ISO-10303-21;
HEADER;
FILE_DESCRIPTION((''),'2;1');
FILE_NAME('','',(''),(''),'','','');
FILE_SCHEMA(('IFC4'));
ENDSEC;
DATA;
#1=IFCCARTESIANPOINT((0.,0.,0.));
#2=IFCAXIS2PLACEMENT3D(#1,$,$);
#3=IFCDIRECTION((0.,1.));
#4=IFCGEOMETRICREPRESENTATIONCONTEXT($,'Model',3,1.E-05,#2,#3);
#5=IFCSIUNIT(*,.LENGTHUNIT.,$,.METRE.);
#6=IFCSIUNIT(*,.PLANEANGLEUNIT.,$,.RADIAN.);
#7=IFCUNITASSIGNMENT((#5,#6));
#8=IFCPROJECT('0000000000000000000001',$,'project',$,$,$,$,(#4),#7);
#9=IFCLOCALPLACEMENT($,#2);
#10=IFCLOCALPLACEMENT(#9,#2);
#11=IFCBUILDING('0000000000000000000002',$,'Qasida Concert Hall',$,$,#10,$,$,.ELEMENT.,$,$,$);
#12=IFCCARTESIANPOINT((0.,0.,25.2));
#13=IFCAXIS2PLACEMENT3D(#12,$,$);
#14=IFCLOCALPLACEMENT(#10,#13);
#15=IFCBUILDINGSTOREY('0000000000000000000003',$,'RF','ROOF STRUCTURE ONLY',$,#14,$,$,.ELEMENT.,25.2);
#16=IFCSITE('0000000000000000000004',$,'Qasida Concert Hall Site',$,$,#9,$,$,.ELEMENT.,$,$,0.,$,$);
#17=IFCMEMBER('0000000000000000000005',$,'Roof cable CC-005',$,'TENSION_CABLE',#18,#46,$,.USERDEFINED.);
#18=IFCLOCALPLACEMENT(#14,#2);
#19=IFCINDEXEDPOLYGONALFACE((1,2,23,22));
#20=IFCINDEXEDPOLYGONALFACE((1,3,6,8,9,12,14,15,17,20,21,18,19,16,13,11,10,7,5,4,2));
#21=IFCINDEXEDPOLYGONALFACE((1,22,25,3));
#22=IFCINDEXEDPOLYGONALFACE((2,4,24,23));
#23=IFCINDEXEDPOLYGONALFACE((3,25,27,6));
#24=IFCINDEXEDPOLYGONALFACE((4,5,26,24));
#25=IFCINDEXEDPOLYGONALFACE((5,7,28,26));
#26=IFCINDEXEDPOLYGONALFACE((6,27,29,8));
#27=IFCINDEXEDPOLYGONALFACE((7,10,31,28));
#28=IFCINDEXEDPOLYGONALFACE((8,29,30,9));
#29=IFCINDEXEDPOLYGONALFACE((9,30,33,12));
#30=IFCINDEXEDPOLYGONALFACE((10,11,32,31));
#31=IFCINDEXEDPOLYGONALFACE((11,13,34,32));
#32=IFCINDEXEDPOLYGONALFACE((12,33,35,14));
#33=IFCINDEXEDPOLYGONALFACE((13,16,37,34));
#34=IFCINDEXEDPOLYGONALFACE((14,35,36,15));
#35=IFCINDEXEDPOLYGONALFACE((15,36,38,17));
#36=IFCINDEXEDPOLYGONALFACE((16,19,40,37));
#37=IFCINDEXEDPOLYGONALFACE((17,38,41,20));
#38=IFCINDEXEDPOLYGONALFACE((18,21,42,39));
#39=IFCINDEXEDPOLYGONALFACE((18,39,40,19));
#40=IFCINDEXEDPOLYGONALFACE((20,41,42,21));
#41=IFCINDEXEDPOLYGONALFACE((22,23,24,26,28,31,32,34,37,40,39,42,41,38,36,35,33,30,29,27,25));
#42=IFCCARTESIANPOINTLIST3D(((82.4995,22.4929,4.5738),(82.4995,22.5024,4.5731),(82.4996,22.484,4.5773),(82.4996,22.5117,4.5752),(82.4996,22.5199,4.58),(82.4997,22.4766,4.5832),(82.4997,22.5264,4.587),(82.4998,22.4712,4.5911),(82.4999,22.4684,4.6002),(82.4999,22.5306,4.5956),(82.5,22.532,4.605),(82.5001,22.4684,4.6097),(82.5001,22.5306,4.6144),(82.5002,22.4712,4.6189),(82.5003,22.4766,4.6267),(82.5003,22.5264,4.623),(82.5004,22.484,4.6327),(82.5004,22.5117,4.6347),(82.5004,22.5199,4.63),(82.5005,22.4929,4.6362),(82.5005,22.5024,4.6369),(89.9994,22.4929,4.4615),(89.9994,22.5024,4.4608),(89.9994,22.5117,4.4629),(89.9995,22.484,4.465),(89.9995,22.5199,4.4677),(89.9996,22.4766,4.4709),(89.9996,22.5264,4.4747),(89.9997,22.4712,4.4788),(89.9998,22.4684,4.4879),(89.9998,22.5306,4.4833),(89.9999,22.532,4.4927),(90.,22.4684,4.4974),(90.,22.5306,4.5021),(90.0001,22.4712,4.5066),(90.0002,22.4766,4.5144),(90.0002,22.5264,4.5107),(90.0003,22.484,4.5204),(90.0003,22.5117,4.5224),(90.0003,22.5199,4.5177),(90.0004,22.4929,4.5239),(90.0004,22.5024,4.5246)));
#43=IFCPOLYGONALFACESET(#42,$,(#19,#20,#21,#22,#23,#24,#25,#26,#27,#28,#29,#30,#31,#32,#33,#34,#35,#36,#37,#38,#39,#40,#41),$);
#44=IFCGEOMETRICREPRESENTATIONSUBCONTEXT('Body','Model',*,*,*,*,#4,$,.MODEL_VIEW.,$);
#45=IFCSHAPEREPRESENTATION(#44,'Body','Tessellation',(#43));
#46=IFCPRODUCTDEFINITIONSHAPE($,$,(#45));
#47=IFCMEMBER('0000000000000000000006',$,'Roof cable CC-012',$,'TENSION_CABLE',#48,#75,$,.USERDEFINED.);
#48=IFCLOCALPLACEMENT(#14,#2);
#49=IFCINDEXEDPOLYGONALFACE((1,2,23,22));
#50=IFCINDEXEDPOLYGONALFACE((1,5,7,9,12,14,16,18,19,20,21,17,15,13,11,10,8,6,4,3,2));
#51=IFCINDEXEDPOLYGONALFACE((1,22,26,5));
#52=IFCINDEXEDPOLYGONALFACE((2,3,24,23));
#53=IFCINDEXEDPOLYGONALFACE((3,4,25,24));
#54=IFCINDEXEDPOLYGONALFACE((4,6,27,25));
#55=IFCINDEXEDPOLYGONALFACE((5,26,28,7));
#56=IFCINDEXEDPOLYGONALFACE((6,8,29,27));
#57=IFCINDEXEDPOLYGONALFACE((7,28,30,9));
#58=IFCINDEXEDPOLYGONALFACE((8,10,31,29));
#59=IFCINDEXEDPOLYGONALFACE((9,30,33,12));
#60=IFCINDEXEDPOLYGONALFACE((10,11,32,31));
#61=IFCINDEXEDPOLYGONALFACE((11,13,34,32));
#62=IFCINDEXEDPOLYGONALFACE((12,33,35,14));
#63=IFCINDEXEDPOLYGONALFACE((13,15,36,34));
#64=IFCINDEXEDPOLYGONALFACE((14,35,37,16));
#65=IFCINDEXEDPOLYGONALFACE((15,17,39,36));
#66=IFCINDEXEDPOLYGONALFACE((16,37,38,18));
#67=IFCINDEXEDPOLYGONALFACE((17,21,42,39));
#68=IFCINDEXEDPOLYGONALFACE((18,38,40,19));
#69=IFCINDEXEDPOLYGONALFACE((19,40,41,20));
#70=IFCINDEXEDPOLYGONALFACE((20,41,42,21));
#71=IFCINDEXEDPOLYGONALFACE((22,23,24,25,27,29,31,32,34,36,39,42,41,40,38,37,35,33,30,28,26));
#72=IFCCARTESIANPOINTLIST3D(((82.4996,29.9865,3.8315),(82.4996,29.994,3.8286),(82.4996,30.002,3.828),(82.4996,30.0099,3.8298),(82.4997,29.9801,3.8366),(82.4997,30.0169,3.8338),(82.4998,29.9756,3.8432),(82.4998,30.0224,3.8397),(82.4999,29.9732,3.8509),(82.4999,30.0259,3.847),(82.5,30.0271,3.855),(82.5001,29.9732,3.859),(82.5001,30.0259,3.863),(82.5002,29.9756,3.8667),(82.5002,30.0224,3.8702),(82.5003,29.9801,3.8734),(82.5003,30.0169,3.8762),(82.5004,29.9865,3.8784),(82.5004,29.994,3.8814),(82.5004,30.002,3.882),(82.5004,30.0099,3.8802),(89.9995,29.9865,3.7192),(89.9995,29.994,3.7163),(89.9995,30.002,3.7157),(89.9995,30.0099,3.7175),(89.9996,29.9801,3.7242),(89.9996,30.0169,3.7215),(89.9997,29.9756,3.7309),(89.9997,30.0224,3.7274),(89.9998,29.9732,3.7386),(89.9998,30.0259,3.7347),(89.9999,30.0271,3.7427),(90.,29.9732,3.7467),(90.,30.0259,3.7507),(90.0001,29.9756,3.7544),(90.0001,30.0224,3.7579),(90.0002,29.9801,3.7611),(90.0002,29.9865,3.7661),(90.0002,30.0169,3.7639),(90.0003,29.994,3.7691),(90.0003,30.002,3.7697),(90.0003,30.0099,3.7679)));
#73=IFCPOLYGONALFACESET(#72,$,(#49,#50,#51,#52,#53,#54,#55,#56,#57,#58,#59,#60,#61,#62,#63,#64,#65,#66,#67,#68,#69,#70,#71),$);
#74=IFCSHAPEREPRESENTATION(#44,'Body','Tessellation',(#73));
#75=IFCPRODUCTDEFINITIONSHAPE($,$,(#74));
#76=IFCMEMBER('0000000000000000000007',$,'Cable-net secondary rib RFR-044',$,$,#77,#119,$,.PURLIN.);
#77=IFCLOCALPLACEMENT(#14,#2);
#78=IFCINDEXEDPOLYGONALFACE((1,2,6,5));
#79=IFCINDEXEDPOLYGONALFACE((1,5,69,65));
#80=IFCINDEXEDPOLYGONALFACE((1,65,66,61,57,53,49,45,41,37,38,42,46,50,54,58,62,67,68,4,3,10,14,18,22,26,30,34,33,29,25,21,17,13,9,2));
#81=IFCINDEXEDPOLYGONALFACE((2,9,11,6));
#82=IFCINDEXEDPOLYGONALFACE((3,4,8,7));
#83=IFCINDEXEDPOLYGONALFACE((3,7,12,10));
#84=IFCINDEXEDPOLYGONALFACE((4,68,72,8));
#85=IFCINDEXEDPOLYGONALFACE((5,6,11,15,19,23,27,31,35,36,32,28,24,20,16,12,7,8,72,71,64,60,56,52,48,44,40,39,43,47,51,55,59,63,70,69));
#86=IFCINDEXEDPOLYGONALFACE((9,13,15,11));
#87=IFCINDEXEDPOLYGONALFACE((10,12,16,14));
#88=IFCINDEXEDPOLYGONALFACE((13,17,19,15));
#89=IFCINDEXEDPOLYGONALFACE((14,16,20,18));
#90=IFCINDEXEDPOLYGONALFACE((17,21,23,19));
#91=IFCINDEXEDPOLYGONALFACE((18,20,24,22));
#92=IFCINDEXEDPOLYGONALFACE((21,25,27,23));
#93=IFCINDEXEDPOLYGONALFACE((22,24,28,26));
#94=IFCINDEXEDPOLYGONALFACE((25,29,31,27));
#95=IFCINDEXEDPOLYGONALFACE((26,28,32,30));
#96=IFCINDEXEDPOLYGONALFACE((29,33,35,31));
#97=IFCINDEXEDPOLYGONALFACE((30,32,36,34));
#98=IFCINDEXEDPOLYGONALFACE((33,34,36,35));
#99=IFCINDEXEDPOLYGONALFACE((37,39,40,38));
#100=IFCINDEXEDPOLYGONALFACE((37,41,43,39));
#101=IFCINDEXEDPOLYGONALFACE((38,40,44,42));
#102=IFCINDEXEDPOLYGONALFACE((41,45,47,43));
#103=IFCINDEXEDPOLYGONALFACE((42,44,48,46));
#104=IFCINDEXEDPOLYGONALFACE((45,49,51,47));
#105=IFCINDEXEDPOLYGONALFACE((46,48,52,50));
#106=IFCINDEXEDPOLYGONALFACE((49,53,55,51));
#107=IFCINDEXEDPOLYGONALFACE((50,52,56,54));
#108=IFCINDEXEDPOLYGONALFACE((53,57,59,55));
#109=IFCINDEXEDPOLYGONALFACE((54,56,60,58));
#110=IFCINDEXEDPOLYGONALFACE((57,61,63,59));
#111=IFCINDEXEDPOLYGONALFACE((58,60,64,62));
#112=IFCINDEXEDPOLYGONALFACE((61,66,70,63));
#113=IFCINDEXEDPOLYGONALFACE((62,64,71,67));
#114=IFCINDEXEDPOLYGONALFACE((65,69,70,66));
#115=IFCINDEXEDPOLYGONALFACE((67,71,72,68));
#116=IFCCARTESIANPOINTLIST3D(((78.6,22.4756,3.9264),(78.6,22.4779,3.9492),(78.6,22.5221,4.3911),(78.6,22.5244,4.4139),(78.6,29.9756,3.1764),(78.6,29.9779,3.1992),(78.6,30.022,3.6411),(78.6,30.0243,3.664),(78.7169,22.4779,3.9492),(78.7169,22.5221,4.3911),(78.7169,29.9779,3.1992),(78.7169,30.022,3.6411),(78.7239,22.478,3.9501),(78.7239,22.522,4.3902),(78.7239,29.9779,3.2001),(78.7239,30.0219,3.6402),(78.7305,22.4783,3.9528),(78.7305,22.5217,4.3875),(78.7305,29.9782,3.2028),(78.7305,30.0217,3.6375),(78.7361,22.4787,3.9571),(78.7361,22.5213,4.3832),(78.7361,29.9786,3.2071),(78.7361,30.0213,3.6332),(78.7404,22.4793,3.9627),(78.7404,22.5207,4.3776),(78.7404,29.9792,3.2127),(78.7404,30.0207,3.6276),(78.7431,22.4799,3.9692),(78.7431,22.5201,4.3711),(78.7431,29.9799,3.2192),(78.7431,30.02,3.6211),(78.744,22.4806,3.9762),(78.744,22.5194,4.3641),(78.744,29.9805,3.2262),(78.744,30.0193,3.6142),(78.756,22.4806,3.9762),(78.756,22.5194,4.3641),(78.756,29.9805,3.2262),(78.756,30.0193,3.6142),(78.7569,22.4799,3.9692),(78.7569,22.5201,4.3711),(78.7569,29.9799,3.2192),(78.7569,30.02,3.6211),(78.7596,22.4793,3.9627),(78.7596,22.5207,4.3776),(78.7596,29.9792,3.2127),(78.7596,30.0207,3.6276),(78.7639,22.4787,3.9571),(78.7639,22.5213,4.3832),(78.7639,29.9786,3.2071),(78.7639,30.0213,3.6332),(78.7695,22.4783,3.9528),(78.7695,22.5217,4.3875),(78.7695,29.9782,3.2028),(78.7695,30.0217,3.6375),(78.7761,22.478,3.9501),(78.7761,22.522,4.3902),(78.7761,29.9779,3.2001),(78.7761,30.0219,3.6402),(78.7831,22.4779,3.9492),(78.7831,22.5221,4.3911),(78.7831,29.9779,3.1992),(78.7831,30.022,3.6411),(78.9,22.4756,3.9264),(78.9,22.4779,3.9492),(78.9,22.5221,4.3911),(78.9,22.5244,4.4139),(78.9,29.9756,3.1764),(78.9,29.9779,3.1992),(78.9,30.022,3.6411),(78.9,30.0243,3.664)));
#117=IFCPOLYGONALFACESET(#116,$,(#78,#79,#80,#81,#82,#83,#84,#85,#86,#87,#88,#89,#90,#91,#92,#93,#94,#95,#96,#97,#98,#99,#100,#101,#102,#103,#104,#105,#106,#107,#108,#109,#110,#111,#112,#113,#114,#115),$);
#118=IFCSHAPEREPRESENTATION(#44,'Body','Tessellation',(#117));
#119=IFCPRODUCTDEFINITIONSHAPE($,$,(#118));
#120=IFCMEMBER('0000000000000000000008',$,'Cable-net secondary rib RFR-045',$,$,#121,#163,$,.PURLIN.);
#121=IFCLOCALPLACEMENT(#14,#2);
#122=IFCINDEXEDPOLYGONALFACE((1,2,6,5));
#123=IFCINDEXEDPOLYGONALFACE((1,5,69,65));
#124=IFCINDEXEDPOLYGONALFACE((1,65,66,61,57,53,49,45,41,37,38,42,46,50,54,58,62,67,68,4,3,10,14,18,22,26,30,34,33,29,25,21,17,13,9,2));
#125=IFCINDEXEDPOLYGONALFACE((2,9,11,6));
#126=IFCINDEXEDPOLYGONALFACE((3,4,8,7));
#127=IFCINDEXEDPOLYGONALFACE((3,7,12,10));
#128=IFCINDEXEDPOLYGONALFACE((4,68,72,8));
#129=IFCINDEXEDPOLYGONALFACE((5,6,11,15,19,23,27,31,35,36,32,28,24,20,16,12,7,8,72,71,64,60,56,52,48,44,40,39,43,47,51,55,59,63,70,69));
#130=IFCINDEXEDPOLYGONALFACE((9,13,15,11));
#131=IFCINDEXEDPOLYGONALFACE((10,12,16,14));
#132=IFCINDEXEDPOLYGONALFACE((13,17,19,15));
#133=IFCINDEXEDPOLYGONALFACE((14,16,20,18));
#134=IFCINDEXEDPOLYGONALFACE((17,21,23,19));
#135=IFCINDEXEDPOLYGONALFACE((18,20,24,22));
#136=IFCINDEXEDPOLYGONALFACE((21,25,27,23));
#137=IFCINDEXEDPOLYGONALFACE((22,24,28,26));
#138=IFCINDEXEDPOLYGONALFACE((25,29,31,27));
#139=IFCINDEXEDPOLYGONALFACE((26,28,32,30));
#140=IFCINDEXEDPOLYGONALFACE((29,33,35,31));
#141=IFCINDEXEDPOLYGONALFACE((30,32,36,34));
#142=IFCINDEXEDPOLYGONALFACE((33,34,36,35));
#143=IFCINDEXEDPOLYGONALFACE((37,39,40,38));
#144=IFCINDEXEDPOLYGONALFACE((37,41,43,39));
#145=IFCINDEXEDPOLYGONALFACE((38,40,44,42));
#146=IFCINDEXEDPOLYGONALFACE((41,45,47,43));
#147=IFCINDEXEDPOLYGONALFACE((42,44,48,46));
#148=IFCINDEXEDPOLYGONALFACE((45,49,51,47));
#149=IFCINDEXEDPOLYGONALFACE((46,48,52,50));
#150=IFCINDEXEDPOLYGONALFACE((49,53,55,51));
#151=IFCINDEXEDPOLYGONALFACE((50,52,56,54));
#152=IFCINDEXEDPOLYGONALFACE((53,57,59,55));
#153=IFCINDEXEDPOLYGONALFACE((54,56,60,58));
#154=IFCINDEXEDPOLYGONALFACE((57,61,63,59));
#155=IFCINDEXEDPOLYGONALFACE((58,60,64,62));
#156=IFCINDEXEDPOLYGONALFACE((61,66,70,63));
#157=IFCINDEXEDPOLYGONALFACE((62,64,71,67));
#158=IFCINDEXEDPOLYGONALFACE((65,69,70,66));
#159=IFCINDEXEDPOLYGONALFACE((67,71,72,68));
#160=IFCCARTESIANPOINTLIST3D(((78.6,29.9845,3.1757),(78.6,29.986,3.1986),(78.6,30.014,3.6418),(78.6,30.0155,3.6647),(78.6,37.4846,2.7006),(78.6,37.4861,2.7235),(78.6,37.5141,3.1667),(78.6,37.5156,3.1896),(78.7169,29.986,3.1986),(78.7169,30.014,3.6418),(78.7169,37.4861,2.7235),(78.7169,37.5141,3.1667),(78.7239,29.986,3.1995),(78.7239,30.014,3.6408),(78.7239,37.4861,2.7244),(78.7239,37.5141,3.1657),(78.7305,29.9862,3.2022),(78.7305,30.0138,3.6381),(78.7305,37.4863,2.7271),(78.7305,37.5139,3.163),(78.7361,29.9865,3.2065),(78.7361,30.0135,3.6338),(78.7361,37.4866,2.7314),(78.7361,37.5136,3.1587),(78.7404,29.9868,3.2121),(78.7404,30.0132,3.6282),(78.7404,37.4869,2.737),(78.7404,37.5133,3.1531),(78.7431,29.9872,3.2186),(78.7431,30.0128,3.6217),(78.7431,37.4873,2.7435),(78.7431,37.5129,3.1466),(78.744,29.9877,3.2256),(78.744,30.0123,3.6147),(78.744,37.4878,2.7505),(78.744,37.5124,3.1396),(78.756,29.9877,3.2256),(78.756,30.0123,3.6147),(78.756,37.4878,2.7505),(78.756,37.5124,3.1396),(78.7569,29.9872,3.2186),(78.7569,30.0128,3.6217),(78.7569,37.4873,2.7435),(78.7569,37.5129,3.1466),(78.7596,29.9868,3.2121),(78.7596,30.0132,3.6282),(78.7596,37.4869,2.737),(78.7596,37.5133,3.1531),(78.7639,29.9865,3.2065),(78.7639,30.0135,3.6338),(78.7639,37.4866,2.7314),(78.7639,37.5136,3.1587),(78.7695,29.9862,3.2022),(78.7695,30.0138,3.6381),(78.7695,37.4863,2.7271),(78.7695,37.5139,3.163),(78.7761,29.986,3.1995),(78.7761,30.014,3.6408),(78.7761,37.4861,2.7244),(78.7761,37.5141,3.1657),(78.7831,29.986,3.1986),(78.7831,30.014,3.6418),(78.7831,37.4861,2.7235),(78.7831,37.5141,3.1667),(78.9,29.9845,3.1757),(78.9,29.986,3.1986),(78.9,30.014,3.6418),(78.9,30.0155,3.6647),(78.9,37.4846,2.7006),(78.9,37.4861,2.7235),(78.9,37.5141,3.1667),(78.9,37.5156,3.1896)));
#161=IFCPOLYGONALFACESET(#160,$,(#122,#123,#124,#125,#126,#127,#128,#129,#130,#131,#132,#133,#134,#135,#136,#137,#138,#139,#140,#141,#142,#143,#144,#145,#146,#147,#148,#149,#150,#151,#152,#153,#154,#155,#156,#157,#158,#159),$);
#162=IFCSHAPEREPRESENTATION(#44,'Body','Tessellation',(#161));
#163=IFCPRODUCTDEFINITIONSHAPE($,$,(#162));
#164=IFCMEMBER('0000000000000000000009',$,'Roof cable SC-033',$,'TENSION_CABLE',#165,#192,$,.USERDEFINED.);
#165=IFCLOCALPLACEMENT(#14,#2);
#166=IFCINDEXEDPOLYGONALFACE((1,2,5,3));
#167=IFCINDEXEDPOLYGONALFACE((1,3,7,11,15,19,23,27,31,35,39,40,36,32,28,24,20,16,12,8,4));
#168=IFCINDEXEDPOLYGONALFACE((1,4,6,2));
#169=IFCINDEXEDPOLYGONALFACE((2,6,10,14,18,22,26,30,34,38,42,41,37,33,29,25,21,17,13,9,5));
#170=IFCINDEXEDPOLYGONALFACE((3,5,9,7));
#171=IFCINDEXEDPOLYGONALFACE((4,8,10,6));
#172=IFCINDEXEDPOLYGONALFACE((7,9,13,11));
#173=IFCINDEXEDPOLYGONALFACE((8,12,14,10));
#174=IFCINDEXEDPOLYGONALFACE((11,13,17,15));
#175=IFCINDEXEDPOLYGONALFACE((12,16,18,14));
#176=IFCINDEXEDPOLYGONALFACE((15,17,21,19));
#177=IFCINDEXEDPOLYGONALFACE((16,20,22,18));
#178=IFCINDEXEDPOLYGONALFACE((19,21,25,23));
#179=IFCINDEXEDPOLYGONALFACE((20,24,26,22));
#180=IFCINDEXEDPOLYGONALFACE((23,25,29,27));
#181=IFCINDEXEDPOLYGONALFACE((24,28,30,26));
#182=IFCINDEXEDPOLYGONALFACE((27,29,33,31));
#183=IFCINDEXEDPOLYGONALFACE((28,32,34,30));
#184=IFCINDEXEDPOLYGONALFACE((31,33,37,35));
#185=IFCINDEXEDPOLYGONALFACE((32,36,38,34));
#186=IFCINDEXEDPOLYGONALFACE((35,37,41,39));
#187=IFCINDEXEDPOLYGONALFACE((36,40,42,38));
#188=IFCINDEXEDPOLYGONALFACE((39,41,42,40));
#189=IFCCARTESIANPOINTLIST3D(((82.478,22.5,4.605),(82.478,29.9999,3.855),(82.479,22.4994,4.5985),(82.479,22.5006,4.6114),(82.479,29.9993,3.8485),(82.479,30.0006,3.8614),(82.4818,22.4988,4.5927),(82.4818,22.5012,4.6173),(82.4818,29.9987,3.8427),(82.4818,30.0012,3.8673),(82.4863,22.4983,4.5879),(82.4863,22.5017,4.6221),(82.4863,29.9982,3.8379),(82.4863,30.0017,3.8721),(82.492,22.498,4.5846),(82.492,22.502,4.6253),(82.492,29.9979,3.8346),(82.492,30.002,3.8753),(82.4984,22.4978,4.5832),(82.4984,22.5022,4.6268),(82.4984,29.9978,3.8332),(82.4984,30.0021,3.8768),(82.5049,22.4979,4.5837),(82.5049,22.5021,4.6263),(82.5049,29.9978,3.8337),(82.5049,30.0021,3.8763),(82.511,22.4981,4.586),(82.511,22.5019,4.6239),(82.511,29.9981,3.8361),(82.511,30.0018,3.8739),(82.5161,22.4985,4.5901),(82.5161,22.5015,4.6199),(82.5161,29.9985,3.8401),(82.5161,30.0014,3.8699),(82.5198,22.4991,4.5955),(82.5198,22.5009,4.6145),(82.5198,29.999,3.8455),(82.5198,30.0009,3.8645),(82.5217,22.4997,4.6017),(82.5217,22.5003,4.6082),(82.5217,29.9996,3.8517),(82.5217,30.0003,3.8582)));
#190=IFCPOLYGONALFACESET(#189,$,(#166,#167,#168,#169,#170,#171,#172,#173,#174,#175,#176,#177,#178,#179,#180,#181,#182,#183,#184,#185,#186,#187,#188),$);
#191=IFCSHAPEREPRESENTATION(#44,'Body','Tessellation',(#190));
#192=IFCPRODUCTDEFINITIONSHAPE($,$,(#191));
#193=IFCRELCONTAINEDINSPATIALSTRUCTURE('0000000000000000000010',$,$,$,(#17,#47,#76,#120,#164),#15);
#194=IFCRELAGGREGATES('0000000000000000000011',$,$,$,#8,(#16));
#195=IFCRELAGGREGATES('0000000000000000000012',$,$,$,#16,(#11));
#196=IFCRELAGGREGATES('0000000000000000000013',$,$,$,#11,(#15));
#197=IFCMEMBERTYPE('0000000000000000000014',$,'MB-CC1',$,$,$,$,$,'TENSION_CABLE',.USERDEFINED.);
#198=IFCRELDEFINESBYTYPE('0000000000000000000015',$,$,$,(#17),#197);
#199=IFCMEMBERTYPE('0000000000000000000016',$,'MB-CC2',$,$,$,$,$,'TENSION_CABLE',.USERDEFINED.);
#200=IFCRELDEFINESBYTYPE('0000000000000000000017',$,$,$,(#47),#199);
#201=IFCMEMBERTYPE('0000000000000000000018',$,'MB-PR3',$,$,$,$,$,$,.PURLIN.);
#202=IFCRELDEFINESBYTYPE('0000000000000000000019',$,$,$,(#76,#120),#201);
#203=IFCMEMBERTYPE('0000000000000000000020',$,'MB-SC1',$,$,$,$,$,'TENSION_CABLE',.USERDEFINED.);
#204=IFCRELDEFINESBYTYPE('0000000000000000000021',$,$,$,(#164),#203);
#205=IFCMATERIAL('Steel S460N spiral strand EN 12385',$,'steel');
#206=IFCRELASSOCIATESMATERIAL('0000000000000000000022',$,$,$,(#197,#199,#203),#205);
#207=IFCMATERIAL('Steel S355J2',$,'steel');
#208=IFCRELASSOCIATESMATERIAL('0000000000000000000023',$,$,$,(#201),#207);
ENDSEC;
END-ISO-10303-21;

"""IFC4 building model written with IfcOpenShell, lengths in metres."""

from ifc_helpers import new_model, si_unit, direction, frame, origin, origin_2d, place, context, subcontext, project, spatial, circle, i_section, extrude, material, material_profile, profile_set, type_object, element, save


model = new_model("IFC4")

# Units and contexts
model_context = context("Model", 3, precision=1e-05, world=origin(), true_north=direction((0.0, 1.0)))
body_context = subcontext(model_context, "Body", "Model", "MODEL_VIEW")
ifc_project = project(units=[si_unit("LENGTHUNIT", "METRE"), si_unit("PLANEANGLEUNIT", "RADIAN")], contexts=[model_context])

# Site, building, storey
site_placement = place(None, origin())
site = spatial("IfcSite", under=ifc_project, at=site_placement, Name="Qasida Concert Hall Site", CompositionType="ELEMENT", RefElevation=0.0)
building_placement = place(site_placement, origin())
building = spatial("IfcBuilding", under=site, at=building_placement, Name="Qasida Concert Hall", CompositionType="ELEMENT")
storey_placement = place(building_placement, frame((0.0, 0.0, 25.2)))
storey = spatial("IfcBuildingStorey", under=building, at=storey_placement, Name="RF", Description="ROOF STRUCTURE ONLY", CompositionType="ELEMENT", Elevation=25.2)

# Members
ifc_material_1 = material(Name="Steel S460N spiral strand EN 12385", Category="steel")
ifc_material_profile_1 = material_profile(ifc_material_1, circle(Radius=0.032, at=origin_2d()), Name="STRAND D64")
ifc_profile_set_1 = profile_set([ifc_material_profile_1], Name="Steel S460N spiral strand EN 12385")
member_type_1 = type_object("IfcMemberType", Name="MB-CC1", ElementType="TENSION_CABLE", PredefinedType="USERDEFINED", material=ifc_profile_set_1)
member_1_placement = place(storey_placement, frame((82.5, 22.5, 4.605), z_axis=(0.999888, 0.0, -0.014972), x_axis=(0.0, 1.0, 0.0)))
element("IfcMember", 1, at=member_1_placement, inside=storey, type_object=member_type_1, Name="Roof cable CC-005", ObjectType="TENSION_CABLE", PredefinedType="USERDEFINED", context=body_context, shape_type="SweptSolid", body=[
    extrude(circle(Radius=0.032, at=origin_2d()), origin(), (0.0, 0.0, 1.0), 7.5007),
])
ifc_material_profile_2 = material_profile(ifc_material_1, circle(Radius=0.0271, at=origin_2d()), Name="STRAND D54")
ifc_profile_set_2 = profile_set([ifc_material_profile_2], Name="Steel S460N spiral strand EN 12385")
member_type_2 = type_object("IfcMemberType", Name="MB-CC2", ElementType="TENSION_CABLE", PredefinedType="USERDEFINED", material=ifc_profile_set_2)
member_2_placement = place(storey_placement, frame((82.5, 30.0, 3.855), z_axis=(0.999888, 0.0, -0.014972), x_axis=(0.0, 1.0, 0.0)))
element("IfcMember", 2, at=member_2_placement, inside=storey, type_object=member_type_2, Name="Roof cable CC-012", ObjectType="TENSION_CABLE", PredefinedType="USERDEFINED", context=body_context, shape_type="SweptSolid", body=[
    extrude(circle(Radius=0.0271, at=origin_2d()), origin(), (0.0, 0.0, 1.0), 7.5007),
])
ifc_material_2 = material(Name="Steel S355J2", Category="steel")
ifc_material_profile_3 = material_profile(ifc_material_2, i_section(OverallWidth=0.3, OverallDepth=0.49, WebThickness=0.012, FlangeThickness=0.0229, FilletRadius=0.0271, at=origin_2d()), Name="HEA 500")
ifc_profile_set_3 = profile_set([ifc_material_profile_3], Name="Steel S355J2")
member_type_3 = type_object("IfcMemberType", Name="MB-PR3", PredefinedType="PURLIN", material=ifc_profile_set_3)
member_3_placement = place(storey_placement, frame((78.75, 22.5, 4.1702), z_axis=(0.0, 0.995037, -0.099504), x_axis=(-1.0, 0.0, 0.0)))
element("IfcMember", 3, at=member_3_placement, inside=storey, type_object=member_type_3, Name="Cable-net secondary rib RFR-044", PredefinedType="PURLIN", context=body_context, shape_type="SweptSolid", body=[
    extrude(i_section(OverallWidth=0.3, OverallDepth=0.49, WebThickness=0.012, FlangeThickness=0.0229, FilletRadius=0.0271, at=origin_2d()), origin(), (0.0, 0.0, 1.0), 7.5374),
])
member_4_placement = place(storey_placement, frame((78.75, 30.0, 3.4202), z_axis=(0.0, 0.998, -0.06322), x_axis=(-1.0, 0.0, 0.0)))
element("IfcMember", 4, at=member_4_placement, inside=storey, type_object=member_type_3, Name="Cable-net secondary rib RFR-045", PredefinedType="PURLIN", context=body_context, shape_type="SweptSolid", body=[
    extrude(i_section(OverallWidth=0.3, OverallDepth=0.49, WebThickness=0.012, FlangeThickness=0.0229, FilletRadius=0.0271, at=origin_2d()), origin(), (0.0, 0.0, 1.0), 7.5151),
])
ifc_material_profile_4 = material_profile(ifc_material_1, circle(Radius=0.022, at=origin_2d()), Name="STRAND D44")
ifc_profile_set_4 = profile_set([ifc_material_profile_4], Name="Steel S460N spiral strand EN 12385")
member_type_4 = type_object("IfcMemberType", Name="MB-SC1", ElementType="TENSION_CABLE", PredefinedType="USERDEFINED", material=ifc_profile_set_4)
member_5_placement = place(storey_placement, frame((82.5, 22.5, 4.605), z_axis=(0.0, 0.995037, -0.099504), x_axis=(-1.0, 0.0, 0.0)))
element("IfcMember", 5, at=member_5_placement, inside=storey, type_object=member_type_4, Name="Roof cable SC-033", ObjectType="TENSION_CABLE", PredefinedType="USERDEFINED", context=body_context, shape_type="SweptSolid", body=[
    extrude(circle(Radius=0.022, at=origin_2d()), origin(), (0.0, 0.0, 1.0), 7.5374),
])

save(model, "model.ifc")
